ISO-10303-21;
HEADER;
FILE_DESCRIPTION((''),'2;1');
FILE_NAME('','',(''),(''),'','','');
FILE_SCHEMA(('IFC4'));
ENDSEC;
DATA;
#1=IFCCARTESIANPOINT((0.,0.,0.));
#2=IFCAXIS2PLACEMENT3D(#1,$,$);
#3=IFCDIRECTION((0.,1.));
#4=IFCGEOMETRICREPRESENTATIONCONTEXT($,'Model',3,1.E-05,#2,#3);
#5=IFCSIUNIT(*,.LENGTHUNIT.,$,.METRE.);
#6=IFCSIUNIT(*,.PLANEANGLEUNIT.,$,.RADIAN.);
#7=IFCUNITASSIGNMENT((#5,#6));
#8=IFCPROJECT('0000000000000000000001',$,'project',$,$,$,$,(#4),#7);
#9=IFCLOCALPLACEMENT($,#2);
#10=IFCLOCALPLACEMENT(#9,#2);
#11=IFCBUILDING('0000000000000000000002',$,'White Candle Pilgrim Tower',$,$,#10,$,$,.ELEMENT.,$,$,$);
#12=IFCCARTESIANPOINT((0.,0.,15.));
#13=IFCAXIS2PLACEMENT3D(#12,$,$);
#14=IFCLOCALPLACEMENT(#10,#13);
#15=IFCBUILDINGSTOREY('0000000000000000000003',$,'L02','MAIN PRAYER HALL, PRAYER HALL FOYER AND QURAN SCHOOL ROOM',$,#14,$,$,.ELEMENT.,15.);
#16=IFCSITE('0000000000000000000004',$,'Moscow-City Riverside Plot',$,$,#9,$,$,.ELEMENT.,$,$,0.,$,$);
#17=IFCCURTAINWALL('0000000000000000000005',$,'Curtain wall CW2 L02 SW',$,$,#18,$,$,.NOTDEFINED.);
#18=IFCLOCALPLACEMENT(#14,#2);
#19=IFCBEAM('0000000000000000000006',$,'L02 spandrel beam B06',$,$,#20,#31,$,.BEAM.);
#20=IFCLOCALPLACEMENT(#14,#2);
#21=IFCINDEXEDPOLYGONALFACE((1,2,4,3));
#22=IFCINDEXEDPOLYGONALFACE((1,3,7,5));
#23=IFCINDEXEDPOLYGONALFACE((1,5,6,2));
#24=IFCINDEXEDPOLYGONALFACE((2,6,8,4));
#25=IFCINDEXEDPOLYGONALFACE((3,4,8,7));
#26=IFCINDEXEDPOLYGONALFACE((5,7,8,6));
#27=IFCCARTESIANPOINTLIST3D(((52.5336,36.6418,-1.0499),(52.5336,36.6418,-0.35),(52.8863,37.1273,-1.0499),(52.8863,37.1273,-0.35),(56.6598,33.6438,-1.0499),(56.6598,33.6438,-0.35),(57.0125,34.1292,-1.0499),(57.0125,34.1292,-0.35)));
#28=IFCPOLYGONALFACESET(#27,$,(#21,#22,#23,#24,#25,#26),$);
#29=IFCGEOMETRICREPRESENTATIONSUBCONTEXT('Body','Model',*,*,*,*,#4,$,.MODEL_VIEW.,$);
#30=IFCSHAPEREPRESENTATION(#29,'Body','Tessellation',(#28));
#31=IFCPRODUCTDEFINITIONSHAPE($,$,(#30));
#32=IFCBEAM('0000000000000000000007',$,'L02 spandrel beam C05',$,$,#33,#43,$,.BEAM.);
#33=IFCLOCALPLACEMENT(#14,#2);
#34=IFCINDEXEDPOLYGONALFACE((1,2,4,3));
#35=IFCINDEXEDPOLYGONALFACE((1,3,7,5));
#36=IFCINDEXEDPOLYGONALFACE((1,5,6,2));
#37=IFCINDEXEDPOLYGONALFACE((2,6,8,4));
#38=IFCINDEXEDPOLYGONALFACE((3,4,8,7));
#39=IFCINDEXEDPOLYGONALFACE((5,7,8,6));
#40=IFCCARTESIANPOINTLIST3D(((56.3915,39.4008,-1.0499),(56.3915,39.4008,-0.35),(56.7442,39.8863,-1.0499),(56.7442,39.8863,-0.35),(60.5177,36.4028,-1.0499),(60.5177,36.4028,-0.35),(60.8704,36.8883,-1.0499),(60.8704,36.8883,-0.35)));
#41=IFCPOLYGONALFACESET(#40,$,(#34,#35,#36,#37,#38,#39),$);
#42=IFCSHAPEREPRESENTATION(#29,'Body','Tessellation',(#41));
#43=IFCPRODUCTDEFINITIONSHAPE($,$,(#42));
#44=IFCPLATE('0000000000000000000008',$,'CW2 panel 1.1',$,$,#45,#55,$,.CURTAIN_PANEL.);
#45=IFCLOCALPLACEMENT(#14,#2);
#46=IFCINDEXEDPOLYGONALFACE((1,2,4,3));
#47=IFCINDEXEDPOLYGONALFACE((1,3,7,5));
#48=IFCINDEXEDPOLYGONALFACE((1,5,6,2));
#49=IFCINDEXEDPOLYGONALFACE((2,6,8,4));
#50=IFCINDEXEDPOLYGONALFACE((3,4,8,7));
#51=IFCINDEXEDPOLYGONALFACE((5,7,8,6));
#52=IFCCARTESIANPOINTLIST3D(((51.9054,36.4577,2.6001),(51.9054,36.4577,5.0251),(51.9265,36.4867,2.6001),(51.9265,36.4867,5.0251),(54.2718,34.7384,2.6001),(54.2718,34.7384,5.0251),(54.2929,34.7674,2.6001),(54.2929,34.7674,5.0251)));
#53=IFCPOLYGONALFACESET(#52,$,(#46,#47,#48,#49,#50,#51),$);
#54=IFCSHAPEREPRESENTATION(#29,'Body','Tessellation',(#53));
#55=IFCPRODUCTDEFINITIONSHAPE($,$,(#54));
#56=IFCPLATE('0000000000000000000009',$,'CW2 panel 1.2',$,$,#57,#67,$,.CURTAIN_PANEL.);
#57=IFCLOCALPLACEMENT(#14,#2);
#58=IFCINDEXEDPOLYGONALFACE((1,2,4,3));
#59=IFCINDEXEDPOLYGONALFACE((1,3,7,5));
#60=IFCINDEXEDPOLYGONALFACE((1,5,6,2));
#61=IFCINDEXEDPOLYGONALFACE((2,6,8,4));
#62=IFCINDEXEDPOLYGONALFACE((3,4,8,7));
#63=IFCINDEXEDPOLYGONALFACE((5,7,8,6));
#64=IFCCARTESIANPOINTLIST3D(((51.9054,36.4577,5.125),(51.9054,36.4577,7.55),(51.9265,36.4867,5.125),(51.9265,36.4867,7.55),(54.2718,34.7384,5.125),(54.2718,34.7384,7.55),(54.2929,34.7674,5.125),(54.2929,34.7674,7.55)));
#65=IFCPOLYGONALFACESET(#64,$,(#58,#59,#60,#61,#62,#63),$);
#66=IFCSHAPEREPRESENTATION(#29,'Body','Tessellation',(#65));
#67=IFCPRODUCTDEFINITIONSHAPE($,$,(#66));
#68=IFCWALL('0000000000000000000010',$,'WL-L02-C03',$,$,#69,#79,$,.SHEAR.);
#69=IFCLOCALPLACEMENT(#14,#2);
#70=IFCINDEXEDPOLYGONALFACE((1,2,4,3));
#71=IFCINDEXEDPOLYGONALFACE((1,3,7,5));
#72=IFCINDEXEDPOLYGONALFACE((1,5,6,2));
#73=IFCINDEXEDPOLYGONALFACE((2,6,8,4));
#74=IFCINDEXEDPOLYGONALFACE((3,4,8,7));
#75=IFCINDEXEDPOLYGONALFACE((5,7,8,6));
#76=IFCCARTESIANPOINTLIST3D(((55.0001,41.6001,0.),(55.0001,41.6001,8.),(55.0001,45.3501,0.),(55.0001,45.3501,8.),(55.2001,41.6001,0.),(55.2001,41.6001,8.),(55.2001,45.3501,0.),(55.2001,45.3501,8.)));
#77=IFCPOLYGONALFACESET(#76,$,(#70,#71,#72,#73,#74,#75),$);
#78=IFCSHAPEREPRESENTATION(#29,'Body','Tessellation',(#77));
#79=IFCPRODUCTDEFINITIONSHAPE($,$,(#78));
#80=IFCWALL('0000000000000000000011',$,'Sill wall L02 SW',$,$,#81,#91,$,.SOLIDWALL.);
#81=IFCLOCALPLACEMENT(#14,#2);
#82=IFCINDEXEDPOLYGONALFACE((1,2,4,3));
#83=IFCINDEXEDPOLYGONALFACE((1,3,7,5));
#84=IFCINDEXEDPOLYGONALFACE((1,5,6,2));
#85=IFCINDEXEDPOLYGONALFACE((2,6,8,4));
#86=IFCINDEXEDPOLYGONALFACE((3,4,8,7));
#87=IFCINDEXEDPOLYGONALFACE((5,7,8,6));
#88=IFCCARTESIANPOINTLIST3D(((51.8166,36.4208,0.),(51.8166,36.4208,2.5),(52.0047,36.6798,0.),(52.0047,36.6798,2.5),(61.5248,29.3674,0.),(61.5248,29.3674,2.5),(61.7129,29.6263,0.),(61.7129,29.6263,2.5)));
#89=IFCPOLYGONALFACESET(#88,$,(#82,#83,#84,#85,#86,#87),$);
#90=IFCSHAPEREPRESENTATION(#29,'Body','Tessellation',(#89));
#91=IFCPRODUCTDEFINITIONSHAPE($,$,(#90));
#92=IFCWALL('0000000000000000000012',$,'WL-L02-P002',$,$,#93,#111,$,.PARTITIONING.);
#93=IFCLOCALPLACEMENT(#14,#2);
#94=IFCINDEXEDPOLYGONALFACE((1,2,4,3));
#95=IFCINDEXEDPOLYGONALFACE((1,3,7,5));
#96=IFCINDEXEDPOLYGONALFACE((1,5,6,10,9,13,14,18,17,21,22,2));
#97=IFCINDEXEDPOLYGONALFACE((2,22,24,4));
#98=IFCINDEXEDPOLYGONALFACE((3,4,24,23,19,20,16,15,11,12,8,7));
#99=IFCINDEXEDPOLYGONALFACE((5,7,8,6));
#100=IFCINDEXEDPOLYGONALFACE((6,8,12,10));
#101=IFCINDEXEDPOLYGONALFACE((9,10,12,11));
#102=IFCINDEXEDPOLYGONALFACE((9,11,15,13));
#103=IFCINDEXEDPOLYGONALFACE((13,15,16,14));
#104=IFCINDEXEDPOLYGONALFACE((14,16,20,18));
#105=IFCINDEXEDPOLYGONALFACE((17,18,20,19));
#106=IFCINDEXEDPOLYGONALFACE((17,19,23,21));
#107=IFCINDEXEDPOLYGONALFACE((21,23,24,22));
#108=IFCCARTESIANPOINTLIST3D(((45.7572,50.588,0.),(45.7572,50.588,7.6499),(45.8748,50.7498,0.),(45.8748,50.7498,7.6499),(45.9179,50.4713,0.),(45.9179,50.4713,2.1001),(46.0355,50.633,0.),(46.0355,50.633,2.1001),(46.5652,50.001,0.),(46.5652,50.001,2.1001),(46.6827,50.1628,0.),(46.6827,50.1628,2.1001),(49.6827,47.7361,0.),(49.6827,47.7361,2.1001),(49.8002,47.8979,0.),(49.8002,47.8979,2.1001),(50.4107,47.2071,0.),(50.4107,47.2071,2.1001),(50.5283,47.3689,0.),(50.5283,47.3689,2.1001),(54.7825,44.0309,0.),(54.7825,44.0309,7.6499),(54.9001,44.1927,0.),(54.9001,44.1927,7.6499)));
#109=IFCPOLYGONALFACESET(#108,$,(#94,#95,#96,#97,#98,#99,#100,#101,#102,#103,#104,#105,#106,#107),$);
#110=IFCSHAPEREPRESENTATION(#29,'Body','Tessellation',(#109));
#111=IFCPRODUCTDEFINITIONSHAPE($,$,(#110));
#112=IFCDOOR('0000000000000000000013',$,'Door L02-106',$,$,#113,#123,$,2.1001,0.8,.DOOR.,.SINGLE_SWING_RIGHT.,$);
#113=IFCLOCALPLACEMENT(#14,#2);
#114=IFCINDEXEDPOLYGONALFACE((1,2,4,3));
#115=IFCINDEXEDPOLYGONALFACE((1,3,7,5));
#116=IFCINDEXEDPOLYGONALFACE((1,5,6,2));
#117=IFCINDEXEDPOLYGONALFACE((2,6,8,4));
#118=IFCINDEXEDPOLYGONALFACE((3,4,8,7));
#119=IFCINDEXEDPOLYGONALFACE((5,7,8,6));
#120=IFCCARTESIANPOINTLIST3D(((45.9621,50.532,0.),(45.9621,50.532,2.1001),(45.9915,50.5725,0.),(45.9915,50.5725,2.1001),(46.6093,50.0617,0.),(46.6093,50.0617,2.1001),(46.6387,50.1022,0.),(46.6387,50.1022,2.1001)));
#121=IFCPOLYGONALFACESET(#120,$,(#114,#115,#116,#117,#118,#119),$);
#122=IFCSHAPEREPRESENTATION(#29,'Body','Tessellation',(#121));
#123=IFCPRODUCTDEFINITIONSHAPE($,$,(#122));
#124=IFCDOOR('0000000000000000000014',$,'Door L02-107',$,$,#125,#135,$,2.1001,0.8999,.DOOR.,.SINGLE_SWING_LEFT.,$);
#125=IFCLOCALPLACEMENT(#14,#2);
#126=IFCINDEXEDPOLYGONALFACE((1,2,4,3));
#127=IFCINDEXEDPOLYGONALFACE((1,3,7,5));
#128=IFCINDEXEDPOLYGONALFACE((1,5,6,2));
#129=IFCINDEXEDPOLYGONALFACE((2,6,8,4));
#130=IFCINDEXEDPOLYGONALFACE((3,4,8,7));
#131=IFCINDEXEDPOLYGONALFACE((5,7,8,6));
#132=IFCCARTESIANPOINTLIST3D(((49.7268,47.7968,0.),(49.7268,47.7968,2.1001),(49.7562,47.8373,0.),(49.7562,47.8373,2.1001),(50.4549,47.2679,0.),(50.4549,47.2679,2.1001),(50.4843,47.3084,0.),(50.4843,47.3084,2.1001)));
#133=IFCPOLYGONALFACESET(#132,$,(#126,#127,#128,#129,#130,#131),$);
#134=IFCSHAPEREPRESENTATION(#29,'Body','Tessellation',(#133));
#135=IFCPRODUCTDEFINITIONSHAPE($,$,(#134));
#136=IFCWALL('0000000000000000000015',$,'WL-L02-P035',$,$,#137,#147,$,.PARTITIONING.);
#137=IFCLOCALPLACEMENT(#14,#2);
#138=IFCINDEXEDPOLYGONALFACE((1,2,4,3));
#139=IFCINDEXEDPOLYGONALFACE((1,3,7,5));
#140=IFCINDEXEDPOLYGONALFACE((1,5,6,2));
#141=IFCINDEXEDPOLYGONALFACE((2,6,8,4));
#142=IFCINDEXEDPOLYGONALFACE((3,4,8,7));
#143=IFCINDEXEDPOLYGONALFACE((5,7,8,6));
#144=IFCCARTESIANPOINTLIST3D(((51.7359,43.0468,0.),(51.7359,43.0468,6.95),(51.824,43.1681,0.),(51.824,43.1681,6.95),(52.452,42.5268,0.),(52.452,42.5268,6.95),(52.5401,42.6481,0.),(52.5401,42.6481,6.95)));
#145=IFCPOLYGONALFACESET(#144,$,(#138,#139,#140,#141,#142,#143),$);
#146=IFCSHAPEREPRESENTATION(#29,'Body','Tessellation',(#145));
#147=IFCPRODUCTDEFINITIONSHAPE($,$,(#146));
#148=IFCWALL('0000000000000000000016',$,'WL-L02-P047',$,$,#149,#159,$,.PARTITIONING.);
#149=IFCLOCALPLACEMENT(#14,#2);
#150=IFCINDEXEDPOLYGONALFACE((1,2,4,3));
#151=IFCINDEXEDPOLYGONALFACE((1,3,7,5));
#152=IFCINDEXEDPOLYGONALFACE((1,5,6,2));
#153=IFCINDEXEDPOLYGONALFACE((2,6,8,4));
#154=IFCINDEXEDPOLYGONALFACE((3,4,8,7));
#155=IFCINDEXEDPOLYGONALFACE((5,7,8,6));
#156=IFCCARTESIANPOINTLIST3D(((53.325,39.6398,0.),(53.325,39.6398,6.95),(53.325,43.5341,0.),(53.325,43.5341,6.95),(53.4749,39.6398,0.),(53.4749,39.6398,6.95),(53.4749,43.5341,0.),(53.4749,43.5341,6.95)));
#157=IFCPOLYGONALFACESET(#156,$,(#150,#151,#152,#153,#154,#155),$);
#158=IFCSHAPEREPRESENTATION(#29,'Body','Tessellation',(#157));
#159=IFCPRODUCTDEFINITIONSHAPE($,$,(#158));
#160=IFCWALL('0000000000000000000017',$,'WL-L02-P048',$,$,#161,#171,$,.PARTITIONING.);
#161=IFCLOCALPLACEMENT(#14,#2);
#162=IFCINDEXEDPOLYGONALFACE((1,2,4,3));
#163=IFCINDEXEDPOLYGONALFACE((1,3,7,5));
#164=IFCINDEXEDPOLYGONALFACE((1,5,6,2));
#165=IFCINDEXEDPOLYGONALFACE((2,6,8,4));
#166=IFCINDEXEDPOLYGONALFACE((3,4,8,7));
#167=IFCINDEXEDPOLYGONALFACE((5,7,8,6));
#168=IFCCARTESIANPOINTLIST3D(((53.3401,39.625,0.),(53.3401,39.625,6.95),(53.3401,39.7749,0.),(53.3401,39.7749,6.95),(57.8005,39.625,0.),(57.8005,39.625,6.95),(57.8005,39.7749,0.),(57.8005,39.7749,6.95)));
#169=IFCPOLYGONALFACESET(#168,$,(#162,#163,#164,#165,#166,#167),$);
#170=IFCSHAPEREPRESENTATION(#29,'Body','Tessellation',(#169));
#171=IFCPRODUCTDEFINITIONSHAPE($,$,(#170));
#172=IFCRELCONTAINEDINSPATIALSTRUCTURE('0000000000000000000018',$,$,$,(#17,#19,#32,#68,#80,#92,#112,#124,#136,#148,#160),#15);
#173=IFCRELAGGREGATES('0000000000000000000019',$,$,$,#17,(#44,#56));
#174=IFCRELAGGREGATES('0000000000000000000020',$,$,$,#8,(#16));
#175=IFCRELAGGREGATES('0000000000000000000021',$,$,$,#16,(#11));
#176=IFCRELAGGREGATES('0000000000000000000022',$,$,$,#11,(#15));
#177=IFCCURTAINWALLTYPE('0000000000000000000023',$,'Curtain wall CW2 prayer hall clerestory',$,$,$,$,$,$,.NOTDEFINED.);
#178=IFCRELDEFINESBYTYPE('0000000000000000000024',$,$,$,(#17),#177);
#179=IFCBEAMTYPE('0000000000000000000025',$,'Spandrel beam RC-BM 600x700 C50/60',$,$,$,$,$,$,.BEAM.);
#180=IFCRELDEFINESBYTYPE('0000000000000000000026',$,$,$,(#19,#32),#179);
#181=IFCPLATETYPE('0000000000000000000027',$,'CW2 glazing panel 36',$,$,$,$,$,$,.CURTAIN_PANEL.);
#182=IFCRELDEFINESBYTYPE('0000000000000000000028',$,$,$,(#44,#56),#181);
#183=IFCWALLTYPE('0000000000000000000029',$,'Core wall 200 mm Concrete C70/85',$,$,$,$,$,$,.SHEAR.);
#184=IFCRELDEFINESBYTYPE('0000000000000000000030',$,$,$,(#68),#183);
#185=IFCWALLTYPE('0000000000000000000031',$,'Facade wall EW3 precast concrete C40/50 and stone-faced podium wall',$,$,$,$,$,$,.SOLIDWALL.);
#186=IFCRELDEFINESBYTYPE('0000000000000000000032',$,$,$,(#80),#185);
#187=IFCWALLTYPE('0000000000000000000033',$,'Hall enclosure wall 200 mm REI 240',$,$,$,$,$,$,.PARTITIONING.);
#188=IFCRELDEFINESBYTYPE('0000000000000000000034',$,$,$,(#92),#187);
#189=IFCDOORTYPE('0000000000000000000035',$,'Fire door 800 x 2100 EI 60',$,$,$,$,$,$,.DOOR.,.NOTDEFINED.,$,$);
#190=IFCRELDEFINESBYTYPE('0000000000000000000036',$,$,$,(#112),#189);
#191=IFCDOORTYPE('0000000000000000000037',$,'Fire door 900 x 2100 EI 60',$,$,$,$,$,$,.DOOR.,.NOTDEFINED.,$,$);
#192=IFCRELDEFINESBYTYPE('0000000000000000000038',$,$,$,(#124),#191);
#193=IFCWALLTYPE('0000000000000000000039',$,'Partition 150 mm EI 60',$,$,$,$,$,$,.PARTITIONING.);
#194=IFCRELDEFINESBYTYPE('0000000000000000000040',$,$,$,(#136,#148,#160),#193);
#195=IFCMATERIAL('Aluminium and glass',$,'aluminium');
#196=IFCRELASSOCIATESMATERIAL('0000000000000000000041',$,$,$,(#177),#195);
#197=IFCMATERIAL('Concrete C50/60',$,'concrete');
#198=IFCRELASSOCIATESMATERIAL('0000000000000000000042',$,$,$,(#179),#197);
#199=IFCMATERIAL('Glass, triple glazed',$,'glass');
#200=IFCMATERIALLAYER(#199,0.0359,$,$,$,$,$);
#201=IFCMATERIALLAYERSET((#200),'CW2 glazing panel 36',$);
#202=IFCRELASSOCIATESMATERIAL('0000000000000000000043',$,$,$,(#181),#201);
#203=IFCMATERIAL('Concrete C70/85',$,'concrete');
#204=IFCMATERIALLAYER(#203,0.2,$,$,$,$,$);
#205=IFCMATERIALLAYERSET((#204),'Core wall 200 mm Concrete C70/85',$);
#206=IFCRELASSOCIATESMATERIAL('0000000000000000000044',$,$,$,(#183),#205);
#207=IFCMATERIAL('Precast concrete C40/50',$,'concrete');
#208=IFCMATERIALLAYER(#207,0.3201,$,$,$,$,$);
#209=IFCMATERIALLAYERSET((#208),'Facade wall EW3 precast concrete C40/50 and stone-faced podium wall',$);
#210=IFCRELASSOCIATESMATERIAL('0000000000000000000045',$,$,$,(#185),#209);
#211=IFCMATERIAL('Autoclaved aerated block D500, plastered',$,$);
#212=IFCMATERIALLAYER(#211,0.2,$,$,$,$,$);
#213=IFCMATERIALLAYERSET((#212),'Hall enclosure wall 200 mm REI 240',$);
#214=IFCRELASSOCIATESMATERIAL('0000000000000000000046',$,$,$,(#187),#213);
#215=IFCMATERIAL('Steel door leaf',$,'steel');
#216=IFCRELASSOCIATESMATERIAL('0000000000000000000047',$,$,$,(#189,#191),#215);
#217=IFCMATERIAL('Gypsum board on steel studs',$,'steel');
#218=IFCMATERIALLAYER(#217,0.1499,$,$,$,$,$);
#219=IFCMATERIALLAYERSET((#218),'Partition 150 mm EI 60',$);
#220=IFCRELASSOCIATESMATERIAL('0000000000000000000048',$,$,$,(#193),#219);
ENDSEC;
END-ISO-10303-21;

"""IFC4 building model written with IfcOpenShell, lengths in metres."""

from ifc_helpers import new_model, si_unit, direction, frame, frame_2d, origin, origin_2d, place, context, subcontext, project, spatial, rectangle, extrude, material, layer, layer_set, material_profile, profile_set, type_object, element, fill, aggregate, save


model = new_model("IFC4")

# Units and contexts
model_context = context("Model", 3, precision=1e-05, world=origin(), true_north=direction((0.0, 1.0)))
body_context = subcontext(model_context, "Body", "Model", "MODEL_VIEW")
ifc_project = project(units=[si_unit("LENGTHUNIT", "METRE"), si_unit("PLANEANGLEUNIT", "RADIAN")], contexts=[model_context])

# Site, building, storey
site_placement = place(None, origin())
site = spatial("IfcSite", under=ifc_project, at=site_placement, Name="Moscow-City Riverside Plot", CompositionType="ELEMENT", RefElevation=0.0)
building_placement = place(site_placement, origin())
building = spatial("IfcBuilding", under=site, at=building_placement, Name="White Candle Pilgrim Tower", CompositionType="ELEMENT")
storey_placement = place(building_placement, frame((0.0, 0.0, 15.0)))
storey = spatial("IfcBuildingStorey", under=building, at=storey_placement, Name="L02", Description="MAIN PRAYER HALL, PRAYER HALL FOYER AND QURAN SCHOOL ROOM", CompositionType="ELEMENT", Elevation=15.0)

# Curtain wall
ifc_material_1 = material(Name="Aluminium and glass", Category="aluminium")
curtain_wall_type = type_object("IfcCurtainWallType", Name="Curtain wall CW2 prayer hall clerestory", PredefinedType="NOTDEFINED", material=ifc_material_1)
curtain_wall_placement = place(storey_placement, origin())
curtain_wall = element("IfcCurtainWall", 1, at=curtain_wall_placement, inside=storey, type_object=curtain_wall_type, Name="Curtain wall CW2 L02 SW", PredefinedType="NOTDEFINED")

# Beams
ifc_material_2 = material(Name="Concrete C50/60", Category="concrete")
ifc_material_profile_1 = material_profile(ifc_material_2, rectangle(XDim=0.6001, YDim=0.7, at=origin_2d()), Name="RC-BM 600x700")
ifc_profile_set_1 = profile_set([ifc_material_profile_1], Name="Concrete C50/60")
beam_type = type_object("IfcBeamType", Name="Spandrel beam RC-BM 600x700 C50/60", PredefinedType="BEAM", material=ifc_profile_set_1)
for number, where, z_axis, x_axis, name in (
    (2, (52.71, 36.8845, -0.7), (0.809001, -0.587807, 0.0), (0.587807, 0.809001, 0.0), "L02 spandrel beam B06"),
    (3, (56.5679, 39.6436, -0.7), (0.809001, -0.587807, 0.0), (0.587807, 0.809001, 0.0), "L02 spandrel beam C05"),
):
    element("IfcBeam", number, at=place(storey_placement, frame(where, z_axis=z_axis, x_axis=x_axis)), inside=storey, type_object=beam_type, Name=name, PredefinedType="BEAM", context=body_context, shape_type="SweptSolid", body=[
        extrude(rectangle(XDim=0.6001, YDim=0.7, at=origin_2d()), origin(), (0.0, 0.0, 1.0), 5.1003),
    ])

# Plates
ifc_material_3 = material(Name="Glass, triple glazed", Category="glass")
ifc_layer_1 = layer(ifc_material_3, 0.0359)
ifc_layer_set_1 = layer_set([ifc_layer_1], Name="CW2 glazing panel 36")
plate_type = type_object("IfcPlateType", Name="CW2 glazing panel 36", PredefinedType="CURTAIN_PANEL", material=ifc_layer_set_1)
plate_1_placement = place(storey_placement, frame((53.0991, 35.6125, 2.6001), z_axis=(0.0, 0.0, 1.0), x_axis=(0.809017, -0.587785, 0.0)))
plate_1 = element("IfcPlate", 4, at=plate_1_placement, type_object=plate_type, Name="CW2 panel 1.1", PredefinedType="CURTAIN_PANEL", context=body_context, shape_type="SweptSolid", body=[
    extrude(rectangle(XDim=2.925, YDim=0.0359, at=origin_2d()), origin(), (0.0, 0.0, 1.0), 2.425),
])
plate_2_placement = place(storey_placement, frame((53.0991, 35.6125, 5.125), z_axis=(0.0, 0.0, 1.0), x_axis=(0.809017, -0.587785, 0.0)))
plate_2 = element("IfcPlate", 5, at=plate_2_placement, type_object=plate_type, Name="CW2 panel 1.2", PredefinedType="CURTAIN_PANEL", context=body_context, shape_type="SweptSolid", body=[
    extrude(rectangle(XDim=2.925, YDim=0.0359, at=origin_2d()), origin(), (0.0, 0.0, 1.0), 2.425),
])
aggregate(curtain_wall, [plate_1, plate_2])

# Walls
ifc_material_4 = material(Name="Concrete C70/85", Category="concrete")
ifc_layer_2 = layer(ifc_material_4, 0.2)
ifc_layer_set_2 = layer_set([ifc_layer_2], Name="Core wall 200 mm Concrete C70/85")
wall_type_1 = type_object("IfcWallType", Name="Core wall 200 mm Concrete C70/85", PredefinedType="SHEAR", material=ifc_layer_set_2)
wall_1_placement = place(storey_placement, frame((55.1001, 41.6001, 0.0), z_axis=(0.0, 0.0, 1.0), x_axis=(0.0, 1.0, 0.0)))
element("IfcWall", 6, at=wall_1_placement, inside=storey, type_object=wall_type_1, Name="WL-L02-C03", PredefinedType="SHEAR", context=body_context, shape_type="SweptSolid", body=[
    extrude(rectangle(XDim=3.75, YDim=0.2, at=frame_2d((1.875, 0.0))), origin(), (0.0, 0.0, 1.0), 8.0),
])
ifc_material_5 = material(Name="Precast concrete C40/50", Category="concrete")
ifc_layer_3 = layer(ifc_material_5, 0.3201)
ifc_layer_set_3 = layer_set([ifc_layer_3], Name="Facade wall EW3 precast concrete C40/50 and stone-faced podium wall")
wall_type_2 = type_object("IfcWallType", Name="Facade wall EW3 precast concrete C40/50 and stone-faced podium wall", PredefinedType="SOLIDWALL", material=ifc_layer_set_3)
wall_2_placement = place(storey_placement, frame((51.9106, 36.5503, 0.0), z_axis=(0.0, 0.0, 1.0), x_axis=(0.809017, -0.587786, 0.0)))
element("IfcWall", 7, at=wall_2_placement, inside=storey, type_object=wall_type_2, Name="Sill wall L02 SW", PredefinedType="SOLIDWALL", context=body_context, shape_type="SweptSolid", body=[
    extrude(rectangle(XDim=12.0, YDim=0.3201, at=frame_2d((6.0, 0.0))), origin(), (0.0, 0.0, 1.0), 2.5),
])

# Wall, openings, doors
ifc_material_6 = material(Name="Autoclaved aerated block D500, plastered")
ifc_layer_4 = layer(ifc_material_6, 0.2)
ifc_layer_set_4 = layer_set([ifc_layer_4], Name="Hall enclosure wall 200 mm REI 240")
wall_type_3 = type_object("IfcWallType", Name="Hall enclosure wall 200 mm REI 240", PredefinedType="PARTITIONING", material=ifc_layer_set_4)
wall_3_placement = place(storey_placement, frame((54.8413, 44.1118, 0.0), z_axis=(0.0, 0.0, 1.0), x_axis=(-0.809026, 0.587773, 0.0)))
wall_3 = element("IfcWall", 8, at=wall_3_placement, inside=storey, type_object=wall_type_3, Name="WL-L02-P002", PredefinedType="PARTITIONING", context=body_context, shape_type="SweptSolid", body=[
    extrude(rectangle(XDim=11.1558, YDim=0.2, at=frame_2d((5.5779, 0.0))), origin(), (0.0, 0.0, 1.0), 7.6499),
])
opening_1_placement = place(wall_3_placement, frame((10.1572, 0.0, 0.0)))
opening_1 = element("IfcOpeningElement", 9, at=opening_1_placement, cuts=wall_3, PredefinedType="OPENING", context=body_context, shape_type="SweptSolid", body=[
    extrude(rectangle(XDim=0.8, YDim=2.1001, at=frame_2d((0.3999, 1.05))), frame((0.0, 0.1099, 0.0), z_axis=(0.0, -1.0, 0.0), x_axis=(1.0, 0.0, 0.0)), (0.0, 0.0, 1.0), 0.22),
])
opening_2_placement = place(wall_3_placement, frame((5.4038, 0.0, 0.0)))
opening_2 = element("IfcOpeningElement", 10, at=opening_2_placement, cuts=wall_3, PredefinedType="OPENING", context=body_context, shape_type="SweptSolid", body=[
    extrude(rectangle(XDim=0.8999, YDim=2.1001, at=frame_2d((0.45, 1.05))), frame((0.0, 0.1099, 0.0), z_axis=(0.0, -1.0, 0.0), x_axis=(1.0, 0.0, 0.0)), (0.0, 0.0, 1.0), 0.22),
])
ifc_material_7 = material(Name="Steel door leaf", Category="steel")
door_type_1 = type_object("IfcDoorType", Name="Fire door 800 x 2100 EI 60", OperationType="NOTDEFINED", PredefinedType="DOOR", material=ifc_material_7)
door_1_placement = place(opening_1_placement, origin())
door_1 = element("IfcDoor", 11, at=door_1_placement, inside=storey, type_object=door_type_1, Name="Door L02-106", OperationType="SINGLE_SWING_RIGHT", OverallHeight=2.1001, OverallWidth=0.8, PredefinedType="DOOR", context=body_context, shape_type="SweptSolid", body=[
    extrude(rectangle(XDim=0.8, YDim=2.1001, at=frame_2d((0.3999, 1.05))), frame((0.0, 0.0249, 0.0), z_axis=(0.0, -1.0, 0.0), x_axis=(1.0, 0.0, 0.0)), (0.0, 0.0, 1.0), 0.05),
])
fill(opening_1, door_1)
door_type_2 = type_object("IfcDoorType", Name="Fire door 900 x 2100 EI 60", OperationType="NOTDEFINED", PredefinedType="DOOR", material=ifc_material_7)
door_2_placement = place(opening_2_placement, origin())
door_2 = element("IfcDoor", 12, at=door_2_placement, inside=storey, type_object=door_type_2, Name="Door L02-107", OperationType="SINGLE_SWING_LEFT", OverallHeight=2.1001, OverallWidth=0.8999, PredefinedType="DOOR", context=body_context, shape_type="SweptSolid", body=[
    extrude(rectangle(XDim=0.8999, YDim=2.1001, at=frame_2d((0.45, 1.05))), frame((0.0, 0.0249, 0.0), z_axis=(0.0, -1.0, 0.0), x_axis=(1.0, 0.0, 0.0)), (0.0, 0.0, 1.0), 0.05),
])
fill(opening_2, door_2)

# Walls
ifc_material_8 = material(Name="Gypsum board on steel studs", Category="steel")
ifc_layer_5 = layer(ifc_material_8, 0.1499)
ifc_layer_set_5 = layer_set([ifc_layer_5], Name="Partition 150 mm EI 60")
wall_type_4 = type_object("IfcWallType", Name="Partition 150 mm EI 60", PredefinedType="PARTITIONING", material=ifc_layer_set_5)
wall_4_placement = place(storey_placement, frame((51.78, 43.1074, 0.0), z_axis=(0.0, 0.0, 1.0), x_axis=(0.809142, -0.587614, 0.0)))
element("IfcWall", 13, at=wall_4_placement, inside=storey, type_object=wall_type_4, Name="WL-L02-P035", PredefinedType="PARTITIONING", context=body_context, shape_type="SweptSolid", body=[
    extrude(rectangle(XDim=0.885, YDim=0.1499, at=frame_2d((0.4424, 0.0))), origin(), (0.0, 0.0, 1.0), 6.95),
])
wall_5_placement = place(storey_placement, frame((53.3999, 43.5342, 0.0), z_axis=(0.0, 0.0, 1.0), x_axis=(0.0, -1.0, 0.0)))
element("IfcWall", 14, at=wall_5_placement, inside=storey, type_object=wall_type_4, Name="WL-L02-P047", PredefinedType="PARTITIONING", context=body_context, shape_type="SweptSolid", body=[
    extrude(rectangle(XDim=3.8943, YDim=0.1499, at=frame_2d((1.9473, 0.0))), origin(), (0.0, 0.0, 1.0), 6.95),
])
wall_6_placement = place(storey_placement, frame((53.3401, 39.7, 0.0), z_axis=(0.0, 0.0, 1.0), x_axis=(1.0, 0.0, 0.0)))
element("IfcWall", 15, at=wall_6_placement, inside=storey, type_object=wall_type_4, Name="WL-L02-P048", PredefinedType="PARTITIONING", context=body_context, shape_type="SweptSolid", body=[
    extrude(rectangle(XDim=4.4604, YDim=0.1499, at=frame_2d((2.2302, 0.0))), origin(), (0.0, 0.0, 1.0), 6.95),
])

save(model, "model.ifc")
